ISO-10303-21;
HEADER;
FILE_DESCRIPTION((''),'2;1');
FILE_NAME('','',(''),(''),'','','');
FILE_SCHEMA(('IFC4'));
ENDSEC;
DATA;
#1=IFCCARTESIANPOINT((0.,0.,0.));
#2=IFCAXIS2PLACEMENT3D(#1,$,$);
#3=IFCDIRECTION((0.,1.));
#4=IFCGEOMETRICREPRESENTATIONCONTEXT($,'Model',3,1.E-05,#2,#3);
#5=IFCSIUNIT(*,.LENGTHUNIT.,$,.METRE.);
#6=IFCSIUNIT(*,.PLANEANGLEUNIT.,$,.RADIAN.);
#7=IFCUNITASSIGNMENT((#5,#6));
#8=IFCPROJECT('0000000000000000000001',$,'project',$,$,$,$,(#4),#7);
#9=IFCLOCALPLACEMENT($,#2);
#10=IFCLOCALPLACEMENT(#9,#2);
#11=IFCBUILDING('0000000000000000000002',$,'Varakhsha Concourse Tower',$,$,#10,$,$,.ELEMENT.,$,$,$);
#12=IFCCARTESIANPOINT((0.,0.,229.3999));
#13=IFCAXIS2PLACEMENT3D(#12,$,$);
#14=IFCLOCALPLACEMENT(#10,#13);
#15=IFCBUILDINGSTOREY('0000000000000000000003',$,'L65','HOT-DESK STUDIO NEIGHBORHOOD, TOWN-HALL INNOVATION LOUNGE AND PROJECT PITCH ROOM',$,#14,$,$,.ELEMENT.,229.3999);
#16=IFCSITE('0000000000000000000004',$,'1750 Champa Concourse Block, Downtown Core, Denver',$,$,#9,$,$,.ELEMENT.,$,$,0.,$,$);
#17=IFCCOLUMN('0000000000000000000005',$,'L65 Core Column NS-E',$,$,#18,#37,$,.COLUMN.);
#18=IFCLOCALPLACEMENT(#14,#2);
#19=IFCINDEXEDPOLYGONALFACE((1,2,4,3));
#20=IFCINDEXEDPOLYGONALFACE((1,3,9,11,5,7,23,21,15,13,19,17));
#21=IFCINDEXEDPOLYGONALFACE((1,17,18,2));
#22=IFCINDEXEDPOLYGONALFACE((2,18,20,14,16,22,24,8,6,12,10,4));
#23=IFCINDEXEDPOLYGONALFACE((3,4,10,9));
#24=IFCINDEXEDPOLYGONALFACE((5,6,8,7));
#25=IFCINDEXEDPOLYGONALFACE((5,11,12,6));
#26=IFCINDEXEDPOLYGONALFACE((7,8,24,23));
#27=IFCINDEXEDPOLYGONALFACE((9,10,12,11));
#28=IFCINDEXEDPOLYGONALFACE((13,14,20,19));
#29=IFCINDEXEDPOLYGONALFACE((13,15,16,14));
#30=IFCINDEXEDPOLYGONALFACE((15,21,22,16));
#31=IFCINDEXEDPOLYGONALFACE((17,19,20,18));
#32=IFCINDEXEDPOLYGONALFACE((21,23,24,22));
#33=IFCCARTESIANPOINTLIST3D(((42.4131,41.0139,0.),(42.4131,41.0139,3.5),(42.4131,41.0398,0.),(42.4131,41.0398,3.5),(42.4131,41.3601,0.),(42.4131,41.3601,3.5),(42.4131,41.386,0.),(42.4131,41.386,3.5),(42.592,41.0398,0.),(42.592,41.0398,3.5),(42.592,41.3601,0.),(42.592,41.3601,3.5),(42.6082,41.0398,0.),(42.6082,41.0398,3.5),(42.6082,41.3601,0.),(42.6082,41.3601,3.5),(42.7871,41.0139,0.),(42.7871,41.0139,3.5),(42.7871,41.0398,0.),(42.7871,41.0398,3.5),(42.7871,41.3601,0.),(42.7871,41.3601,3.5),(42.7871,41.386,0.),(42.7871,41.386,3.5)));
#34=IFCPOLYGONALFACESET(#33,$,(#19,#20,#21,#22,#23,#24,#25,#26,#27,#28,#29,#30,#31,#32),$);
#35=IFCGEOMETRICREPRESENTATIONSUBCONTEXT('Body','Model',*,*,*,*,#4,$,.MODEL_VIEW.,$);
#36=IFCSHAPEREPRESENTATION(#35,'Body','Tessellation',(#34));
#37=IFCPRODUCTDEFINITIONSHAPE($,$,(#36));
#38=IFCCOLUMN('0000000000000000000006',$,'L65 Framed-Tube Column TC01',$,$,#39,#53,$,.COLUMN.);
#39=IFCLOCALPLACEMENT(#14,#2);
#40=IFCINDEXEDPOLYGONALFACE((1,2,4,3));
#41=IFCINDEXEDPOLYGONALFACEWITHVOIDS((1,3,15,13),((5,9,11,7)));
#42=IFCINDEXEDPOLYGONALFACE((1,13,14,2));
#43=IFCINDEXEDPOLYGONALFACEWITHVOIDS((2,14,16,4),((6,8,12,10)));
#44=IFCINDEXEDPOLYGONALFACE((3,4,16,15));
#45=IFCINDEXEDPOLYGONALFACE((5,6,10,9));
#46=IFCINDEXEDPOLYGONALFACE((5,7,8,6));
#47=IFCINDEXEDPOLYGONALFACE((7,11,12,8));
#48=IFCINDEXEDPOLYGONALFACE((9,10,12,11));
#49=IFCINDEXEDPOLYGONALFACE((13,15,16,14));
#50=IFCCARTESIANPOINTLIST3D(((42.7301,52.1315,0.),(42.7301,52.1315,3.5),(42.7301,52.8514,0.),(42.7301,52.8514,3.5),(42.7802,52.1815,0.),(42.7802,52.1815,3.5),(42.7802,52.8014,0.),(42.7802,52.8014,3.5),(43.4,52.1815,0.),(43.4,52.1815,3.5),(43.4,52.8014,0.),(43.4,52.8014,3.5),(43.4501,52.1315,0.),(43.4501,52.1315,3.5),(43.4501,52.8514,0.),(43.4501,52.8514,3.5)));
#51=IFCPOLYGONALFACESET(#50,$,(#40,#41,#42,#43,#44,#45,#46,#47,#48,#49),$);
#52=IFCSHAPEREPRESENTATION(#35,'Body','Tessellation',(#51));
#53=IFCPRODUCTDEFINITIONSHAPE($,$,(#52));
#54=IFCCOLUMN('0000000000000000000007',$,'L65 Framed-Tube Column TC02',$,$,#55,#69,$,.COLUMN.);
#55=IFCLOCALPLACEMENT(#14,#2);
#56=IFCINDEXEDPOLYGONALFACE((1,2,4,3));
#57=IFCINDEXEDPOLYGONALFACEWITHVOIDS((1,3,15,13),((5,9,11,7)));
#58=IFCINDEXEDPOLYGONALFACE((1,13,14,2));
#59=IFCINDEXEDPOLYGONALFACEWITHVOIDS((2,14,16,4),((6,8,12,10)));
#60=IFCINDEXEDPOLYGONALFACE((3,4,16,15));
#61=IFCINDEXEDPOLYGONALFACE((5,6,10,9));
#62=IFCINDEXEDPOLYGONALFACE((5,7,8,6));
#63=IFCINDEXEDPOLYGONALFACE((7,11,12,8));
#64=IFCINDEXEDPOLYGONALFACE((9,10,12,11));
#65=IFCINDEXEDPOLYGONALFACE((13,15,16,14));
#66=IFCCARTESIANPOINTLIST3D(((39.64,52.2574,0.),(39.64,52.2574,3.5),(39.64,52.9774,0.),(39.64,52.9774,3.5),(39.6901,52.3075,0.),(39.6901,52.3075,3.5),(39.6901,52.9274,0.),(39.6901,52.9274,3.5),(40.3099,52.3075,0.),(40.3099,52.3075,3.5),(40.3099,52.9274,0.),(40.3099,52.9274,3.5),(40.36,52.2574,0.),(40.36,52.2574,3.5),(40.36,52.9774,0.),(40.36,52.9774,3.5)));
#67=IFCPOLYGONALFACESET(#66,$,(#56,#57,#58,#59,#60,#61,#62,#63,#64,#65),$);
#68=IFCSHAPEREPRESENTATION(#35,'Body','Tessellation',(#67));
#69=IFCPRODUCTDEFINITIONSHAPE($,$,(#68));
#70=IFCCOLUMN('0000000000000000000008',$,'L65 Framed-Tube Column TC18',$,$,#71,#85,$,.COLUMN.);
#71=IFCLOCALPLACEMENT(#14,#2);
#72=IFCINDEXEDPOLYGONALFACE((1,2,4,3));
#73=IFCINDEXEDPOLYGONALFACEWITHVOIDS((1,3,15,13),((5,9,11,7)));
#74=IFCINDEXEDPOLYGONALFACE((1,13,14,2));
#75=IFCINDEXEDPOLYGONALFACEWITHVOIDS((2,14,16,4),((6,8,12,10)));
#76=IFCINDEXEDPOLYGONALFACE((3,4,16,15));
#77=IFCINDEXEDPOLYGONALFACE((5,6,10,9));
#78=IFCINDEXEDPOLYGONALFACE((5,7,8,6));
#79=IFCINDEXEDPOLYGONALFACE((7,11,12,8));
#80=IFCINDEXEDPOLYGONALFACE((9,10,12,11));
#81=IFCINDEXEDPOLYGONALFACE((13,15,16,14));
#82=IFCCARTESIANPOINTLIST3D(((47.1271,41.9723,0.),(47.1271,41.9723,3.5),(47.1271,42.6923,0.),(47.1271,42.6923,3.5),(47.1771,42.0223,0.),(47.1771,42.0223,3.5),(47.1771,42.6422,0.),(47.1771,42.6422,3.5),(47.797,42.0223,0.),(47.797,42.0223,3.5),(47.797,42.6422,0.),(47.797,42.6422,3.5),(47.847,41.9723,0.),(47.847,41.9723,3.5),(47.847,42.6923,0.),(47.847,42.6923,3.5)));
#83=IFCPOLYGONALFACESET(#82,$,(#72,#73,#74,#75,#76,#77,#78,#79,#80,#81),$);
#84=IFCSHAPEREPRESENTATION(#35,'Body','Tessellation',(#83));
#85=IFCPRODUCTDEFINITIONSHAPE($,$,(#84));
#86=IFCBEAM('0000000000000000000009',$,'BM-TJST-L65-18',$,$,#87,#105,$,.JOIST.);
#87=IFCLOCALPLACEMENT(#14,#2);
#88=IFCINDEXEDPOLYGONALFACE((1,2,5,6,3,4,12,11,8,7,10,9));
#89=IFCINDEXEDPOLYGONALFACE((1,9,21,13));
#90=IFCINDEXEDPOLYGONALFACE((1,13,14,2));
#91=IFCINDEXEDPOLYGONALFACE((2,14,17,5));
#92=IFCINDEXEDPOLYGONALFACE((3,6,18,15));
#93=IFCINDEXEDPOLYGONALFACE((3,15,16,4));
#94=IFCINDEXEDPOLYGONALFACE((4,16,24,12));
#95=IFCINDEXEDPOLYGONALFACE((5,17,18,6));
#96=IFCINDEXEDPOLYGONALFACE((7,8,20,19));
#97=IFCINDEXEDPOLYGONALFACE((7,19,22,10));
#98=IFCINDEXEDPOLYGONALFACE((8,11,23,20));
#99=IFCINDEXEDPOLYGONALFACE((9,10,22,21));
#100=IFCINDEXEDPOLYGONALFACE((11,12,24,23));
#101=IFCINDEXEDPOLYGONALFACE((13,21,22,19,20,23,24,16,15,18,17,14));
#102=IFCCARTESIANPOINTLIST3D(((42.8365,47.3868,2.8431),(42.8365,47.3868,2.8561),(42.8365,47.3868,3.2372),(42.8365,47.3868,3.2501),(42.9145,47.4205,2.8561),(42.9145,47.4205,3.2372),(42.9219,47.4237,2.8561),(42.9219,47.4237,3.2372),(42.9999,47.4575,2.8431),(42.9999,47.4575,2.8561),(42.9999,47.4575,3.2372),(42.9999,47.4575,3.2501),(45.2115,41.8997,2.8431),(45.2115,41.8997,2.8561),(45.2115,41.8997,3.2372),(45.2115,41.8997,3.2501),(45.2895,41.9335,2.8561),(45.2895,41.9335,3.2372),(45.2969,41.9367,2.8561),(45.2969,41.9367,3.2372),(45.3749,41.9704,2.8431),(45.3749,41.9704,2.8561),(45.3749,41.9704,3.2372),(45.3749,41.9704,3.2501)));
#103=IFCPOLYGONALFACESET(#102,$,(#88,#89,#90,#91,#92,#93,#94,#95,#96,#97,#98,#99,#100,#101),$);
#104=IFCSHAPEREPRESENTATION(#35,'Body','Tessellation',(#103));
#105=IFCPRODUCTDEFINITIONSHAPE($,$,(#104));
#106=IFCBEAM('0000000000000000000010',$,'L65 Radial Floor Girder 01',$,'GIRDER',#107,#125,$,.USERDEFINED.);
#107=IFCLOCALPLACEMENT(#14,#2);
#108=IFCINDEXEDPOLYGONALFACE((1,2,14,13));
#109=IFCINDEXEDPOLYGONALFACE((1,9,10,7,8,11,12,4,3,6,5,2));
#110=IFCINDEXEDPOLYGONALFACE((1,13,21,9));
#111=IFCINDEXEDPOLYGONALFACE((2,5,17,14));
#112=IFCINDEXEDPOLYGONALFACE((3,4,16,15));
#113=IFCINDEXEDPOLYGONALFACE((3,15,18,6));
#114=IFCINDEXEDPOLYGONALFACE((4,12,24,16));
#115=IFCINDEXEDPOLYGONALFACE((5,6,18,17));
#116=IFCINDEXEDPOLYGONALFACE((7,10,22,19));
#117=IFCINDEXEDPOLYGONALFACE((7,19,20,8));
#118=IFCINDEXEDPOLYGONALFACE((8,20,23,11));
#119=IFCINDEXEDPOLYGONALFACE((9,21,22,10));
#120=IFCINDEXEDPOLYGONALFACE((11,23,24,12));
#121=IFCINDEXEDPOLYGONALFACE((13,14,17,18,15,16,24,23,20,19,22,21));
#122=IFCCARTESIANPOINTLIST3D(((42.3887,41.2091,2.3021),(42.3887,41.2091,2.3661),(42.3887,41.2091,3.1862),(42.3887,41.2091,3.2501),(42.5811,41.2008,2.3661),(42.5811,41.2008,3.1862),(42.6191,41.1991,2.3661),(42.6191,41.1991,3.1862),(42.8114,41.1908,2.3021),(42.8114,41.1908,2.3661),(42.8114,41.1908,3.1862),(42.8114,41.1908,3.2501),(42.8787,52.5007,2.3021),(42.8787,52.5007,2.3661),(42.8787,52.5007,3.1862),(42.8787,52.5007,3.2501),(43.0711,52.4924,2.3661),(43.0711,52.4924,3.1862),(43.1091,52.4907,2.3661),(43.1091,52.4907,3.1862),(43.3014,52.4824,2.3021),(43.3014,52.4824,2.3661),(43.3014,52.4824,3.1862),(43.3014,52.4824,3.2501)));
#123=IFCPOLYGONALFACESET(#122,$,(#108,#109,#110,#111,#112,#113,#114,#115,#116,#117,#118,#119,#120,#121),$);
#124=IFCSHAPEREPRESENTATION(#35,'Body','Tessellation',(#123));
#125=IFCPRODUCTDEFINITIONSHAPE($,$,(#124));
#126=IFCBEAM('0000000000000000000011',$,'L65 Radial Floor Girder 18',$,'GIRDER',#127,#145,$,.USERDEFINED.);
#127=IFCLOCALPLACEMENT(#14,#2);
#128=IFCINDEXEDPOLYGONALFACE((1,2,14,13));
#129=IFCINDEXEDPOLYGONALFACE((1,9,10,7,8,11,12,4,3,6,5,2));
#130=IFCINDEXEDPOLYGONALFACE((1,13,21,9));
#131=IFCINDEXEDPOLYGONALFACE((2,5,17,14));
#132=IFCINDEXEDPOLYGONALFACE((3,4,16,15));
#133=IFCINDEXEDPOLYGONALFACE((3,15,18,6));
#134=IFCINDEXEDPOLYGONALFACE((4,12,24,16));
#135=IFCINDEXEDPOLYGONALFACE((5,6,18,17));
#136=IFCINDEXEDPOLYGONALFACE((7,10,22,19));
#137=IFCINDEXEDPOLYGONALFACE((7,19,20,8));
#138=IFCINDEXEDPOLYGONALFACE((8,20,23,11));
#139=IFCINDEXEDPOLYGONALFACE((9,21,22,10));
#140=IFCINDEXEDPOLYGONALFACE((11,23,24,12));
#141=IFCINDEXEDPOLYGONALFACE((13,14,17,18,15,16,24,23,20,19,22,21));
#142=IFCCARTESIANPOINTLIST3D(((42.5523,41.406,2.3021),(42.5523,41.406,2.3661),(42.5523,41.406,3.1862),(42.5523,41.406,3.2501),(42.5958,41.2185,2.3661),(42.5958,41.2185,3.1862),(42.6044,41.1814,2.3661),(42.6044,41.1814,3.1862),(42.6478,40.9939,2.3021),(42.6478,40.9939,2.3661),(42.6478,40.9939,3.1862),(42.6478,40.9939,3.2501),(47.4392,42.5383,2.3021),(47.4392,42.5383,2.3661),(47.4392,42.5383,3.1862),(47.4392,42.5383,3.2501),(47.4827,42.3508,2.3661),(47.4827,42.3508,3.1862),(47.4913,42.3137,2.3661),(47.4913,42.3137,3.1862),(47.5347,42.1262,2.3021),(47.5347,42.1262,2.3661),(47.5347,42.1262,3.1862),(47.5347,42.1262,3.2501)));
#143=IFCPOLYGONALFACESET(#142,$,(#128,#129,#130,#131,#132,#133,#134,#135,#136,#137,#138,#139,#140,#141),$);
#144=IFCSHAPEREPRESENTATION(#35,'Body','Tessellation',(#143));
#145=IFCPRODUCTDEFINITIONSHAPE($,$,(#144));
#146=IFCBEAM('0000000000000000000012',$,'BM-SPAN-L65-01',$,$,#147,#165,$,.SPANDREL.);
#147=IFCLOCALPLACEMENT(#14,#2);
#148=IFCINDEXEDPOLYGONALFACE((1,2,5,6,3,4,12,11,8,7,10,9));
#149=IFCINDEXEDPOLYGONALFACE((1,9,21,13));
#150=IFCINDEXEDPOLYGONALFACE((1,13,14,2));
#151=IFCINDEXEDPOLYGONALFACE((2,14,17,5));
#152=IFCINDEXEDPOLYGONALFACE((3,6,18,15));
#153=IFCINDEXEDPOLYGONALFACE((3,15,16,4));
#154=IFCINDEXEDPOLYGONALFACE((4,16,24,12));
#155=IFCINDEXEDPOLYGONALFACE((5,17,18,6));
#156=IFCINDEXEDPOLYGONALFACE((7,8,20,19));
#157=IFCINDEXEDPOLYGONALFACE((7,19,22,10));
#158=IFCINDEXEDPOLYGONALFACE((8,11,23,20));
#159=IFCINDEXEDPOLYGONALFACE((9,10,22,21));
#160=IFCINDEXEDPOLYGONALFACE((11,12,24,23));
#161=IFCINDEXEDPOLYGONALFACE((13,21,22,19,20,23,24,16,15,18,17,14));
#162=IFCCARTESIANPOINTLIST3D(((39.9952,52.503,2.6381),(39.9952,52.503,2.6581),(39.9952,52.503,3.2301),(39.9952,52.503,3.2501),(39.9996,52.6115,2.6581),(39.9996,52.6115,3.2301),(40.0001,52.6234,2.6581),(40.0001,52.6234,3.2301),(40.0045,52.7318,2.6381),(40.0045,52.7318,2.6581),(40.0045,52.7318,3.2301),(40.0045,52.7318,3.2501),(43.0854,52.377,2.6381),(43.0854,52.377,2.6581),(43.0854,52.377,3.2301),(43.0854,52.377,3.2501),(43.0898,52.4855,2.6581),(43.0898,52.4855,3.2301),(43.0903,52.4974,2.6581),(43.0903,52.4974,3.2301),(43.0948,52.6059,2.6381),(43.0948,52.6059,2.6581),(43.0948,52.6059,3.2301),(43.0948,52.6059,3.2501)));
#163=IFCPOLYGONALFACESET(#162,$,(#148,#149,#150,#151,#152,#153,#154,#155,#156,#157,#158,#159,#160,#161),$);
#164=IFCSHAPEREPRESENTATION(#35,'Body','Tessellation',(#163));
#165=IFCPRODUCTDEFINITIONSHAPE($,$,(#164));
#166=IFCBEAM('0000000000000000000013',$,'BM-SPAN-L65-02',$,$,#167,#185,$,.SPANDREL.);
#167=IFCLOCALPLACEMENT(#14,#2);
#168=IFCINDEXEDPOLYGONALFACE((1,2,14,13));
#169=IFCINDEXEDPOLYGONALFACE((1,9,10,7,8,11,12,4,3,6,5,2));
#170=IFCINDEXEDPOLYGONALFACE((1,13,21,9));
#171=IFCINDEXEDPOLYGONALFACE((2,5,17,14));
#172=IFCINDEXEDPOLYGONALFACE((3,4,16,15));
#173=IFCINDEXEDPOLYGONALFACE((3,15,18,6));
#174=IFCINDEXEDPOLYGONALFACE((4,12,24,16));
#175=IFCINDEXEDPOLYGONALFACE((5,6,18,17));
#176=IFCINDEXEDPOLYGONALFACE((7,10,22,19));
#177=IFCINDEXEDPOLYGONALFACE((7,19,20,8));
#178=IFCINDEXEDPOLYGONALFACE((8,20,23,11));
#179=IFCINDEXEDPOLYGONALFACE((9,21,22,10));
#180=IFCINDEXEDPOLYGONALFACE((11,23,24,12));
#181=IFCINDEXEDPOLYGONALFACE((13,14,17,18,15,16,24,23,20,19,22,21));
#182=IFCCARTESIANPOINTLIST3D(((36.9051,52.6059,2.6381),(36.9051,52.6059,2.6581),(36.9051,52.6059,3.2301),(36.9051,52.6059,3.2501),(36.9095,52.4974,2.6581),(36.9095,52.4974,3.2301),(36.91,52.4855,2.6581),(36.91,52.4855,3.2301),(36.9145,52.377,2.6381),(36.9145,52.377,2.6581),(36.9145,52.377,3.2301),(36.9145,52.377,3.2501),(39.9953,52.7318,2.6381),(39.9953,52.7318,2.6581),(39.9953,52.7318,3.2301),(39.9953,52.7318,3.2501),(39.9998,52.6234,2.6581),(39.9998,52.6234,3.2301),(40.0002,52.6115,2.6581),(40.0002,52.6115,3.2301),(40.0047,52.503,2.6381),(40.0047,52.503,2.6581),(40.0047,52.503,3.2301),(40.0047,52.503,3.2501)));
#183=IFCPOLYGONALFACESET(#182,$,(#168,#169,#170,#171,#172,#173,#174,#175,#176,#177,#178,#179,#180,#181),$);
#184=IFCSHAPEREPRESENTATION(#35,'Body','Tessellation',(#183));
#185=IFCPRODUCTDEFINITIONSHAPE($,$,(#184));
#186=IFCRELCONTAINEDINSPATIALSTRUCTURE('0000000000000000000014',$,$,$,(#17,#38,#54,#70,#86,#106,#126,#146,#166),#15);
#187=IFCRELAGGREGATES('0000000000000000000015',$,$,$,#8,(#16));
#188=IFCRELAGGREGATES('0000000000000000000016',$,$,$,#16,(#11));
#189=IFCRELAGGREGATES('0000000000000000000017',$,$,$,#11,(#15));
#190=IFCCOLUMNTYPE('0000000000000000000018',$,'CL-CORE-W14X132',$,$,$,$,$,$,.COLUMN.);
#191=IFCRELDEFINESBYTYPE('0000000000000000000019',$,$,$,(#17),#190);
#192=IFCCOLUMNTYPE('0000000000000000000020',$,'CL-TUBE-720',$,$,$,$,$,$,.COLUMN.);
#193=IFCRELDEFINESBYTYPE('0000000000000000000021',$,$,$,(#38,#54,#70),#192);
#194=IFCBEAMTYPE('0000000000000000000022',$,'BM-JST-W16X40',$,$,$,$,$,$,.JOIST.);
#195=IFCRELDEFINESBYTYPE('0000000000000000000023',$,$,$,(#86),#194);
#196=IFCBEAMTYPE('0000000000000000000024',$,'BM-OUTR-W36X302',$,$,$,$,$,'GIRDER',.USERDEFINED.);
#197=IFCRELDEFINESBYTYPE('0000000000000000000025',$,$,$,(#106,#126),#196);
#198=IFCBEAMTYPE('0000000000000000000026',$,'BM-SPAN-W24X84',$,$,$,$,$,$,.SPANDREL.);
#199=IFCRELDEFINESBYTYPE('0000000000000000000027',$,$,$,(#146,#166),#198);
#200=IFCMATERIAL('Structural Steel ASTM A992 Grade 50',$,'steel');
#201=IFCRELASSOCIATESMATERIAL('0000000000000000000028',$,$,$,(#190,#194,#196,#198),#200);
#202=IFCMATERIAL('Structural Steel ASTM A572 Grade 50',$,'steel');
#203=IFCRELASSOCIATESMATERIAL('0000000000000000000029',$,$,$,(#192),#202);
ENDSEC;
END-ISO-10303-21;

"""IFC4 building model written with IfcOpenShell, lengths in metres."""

from ifc_helpers import new_model, si_unit, direction, frame, origin, origin_2d, place, context, subcontext, project, spatial, hollow_rectangle, i_section, extrude, material, material_profile, profile_set, type_object, element, save


model = new_model("IFC4")

# Units and contexts
model_context = context("Model", 3, precision=1e-05, world=origin(), true_north=direction((0.0, 1.0)))
body_context = subcontext(model_context, "Body", "Model", "MODEL_VIEW")
ifc_project = project(units=[si_unit("LENGTHUNIT", "METRE"), si_unit("PLANEANGLEUNIT", "RADIAN")], contexts=[model_context])

# Site, building, storey
site_placement = place(None, origin())
site = spatial("IfcSite", under=ifc_project, at=site_placement, Name="1750 Champa Concourse Block, Downtown Core, Denver", CompositionType="ELEMENT", RefElevation=0.0)
building_placement = place(site_placement, origin())
building = spatial("IfcBuilding", under=site, at=building_placement, Name="Varakhsha Concourse Tower", CompositionType="ELEMENT")
storey_placement = place(building_placement, frame((0.0, 0.0, 229.3999)))
storey = spatial("IfcBuildingStorey", under=building, at=storey_placement, Name="L65", Description="HOT-DESK STUDIO NEIGHBORHOOD, TOWN-HALL INNOVATION LOUNGE AND PROJECT PITCH ROOM", CompositionType="ELEMENT", Elevation=229.3999)

# Columns
ifc_material_1 = material(Name="Structural Steel ASTM A992 Grade 50", Category="steel")
ifc_material_profile_1 = material_profile(ifc_material_1, i_section(OverallWidth=0.374, OverallDepth=0.3721, WebThickness=0.0161, FlangeThickness=0.0259, at=origin_2d()), Name="W14X132")
ifc_profile_set_1 = profile_set([ifc_material_profile_1], Name="Structural Steel ASTM A992 Grade 50")
column_type_1 = type_object("IfcColumnType", Name="CL-CORE-W14X132", PredefinedType="COLUMN", material=ifc_profile_set_1)
column_placement = place(storey_placement, frame((42.6001, 41.2, 0.0), z_axis=(0.0, 0.0, 1.0), x_axis=(1.0, 0.0, 0.0)))
element("IfcColumn", 1, at=column_placement, inside=storey, type_object=column_type_1, Name="L65 Core Column NS-E", PredefinedType="COLUMN", context=body_context, shape_type="SweptSolid", body=[
    extrude(i_section(OverallWidth=0.374, OverallDepth=0.3721, WebThickness=0.0161, FlangeThickness=0.0259, at=origin_2d()), origin(), (0.0, 0.0, 1.0), 3.5),
])
ifc_material_2 = material(Name="Structural Steel ASTM A572 Grade 50", Category="steel")
ifc_material_profile_2 = material_profile(ifc_material_2, hollow_rectangle(XDim=0.72, YDim=0.72, WallThickness=0.05, at=origin_2d()), Name="BOX 720x720x50")
ifc_profile_set_2 = profile_set([ifc_material_profile_2], Name="Structural Steel ASTM A572 Grade 50")
column_type_2 = type_object("IfcColumnType", Name="CL-TUBE-720", PredefinedType="COLUMN", material=ifc_profile_set_2)
for number, where, z_axis, x_axis, name in (
    (2, (43.0901, 52.4915, 0.0), (0.0, 0.0, 1.0), (1.0, 0.0, 0.0), "L65 Framed-Tube Column TC01"),
    (3, (40.0, 52.6174, 0.0), (0.0, 0.0, 1.0), (1.0, 0.0, 0.0), "L65 Framed-Tube Column TC02"),
    (4, (47.4871, 42.3323, 0.0), (0.0, 0.0, 1.0), (1.0, 0.0, 0.0), "L65 Framed-Tube Column TC18"),
):
    element("IfcColumn", number, at=place(storey_placement, frame(where, z_axis=z_axis, x_axis=x_axis)), inside=storey, type_object=column_type_2, Name=name, PredefinedType="COLUMN", context=body_context, shape_type="SweptSolid", body=[
        extrude(hollow_rectangle(XDim=0.72, YDim=0.72, WallThickness=0.05, at=origin_2d()), origin(), (0.0, 0.0, 1.0), 3.5),
    ])

# Beams
ifc_material_profile_3 = material_profile(ifc_material_1, i_section(OverallWidth=0.178, OverallDepth=0.407, WebThickness=0.0081, FlangeThickness=0.0129, at=origin_2d()), Name="W16X40")
ifc_profile_set_3 = profile_set([ifc_material_profile_3], Name="Structural Steel ASTM A992 Grade 50")
beam_type_1 = type_object("IfcBeamType", Name="BM-JST-W16X40", PredefinedType="JOIST", material=ifc_profile_set_3)
beam_1_placement = place(storey_placement, frame((45.2932, 41.9351, 3.0466), z_axis=(-0.397224, 0.917722, 0.0), x_axis=(-0.917722, -0.397224, 0.0)))
element("IfcBeam", 5, at=beam_1_placement, inside=storey, type_object=beam_type_1, Name="BM-TJST-L65-18", PredefinedType="JOIST", context=body_context, shape_type="SweptSolid", body=[
    extrude(i_section(OverallWidth=0.178, OverallDepth=0.407, WebThickness=0.0081, FlangeThickness=0.0129, at=origin_2d()), origin(), (0.0, 0.0, 1.0), 5.979),
])
ifc_material_profile_4 = material_profile(ifc_material_1, i_section(OverallWidth=0.4231, OverallDepth=0.948, WebThickness=0.0381, FlangeThickness=0.064, at=origin_2d()), Name="W36X302")
ifc_profile_set_4 = profile_set([ifc_material_profile_4], Name="Structural Steel ASTM A992 Grade 50")
beam_type_2 = type_object("IfcBeamType", Name="BM-OUTR-W36X302", ElementType="GIRDER", PredefinedType="USERDEFINED", material=ifc_profile_set_4)
beam_2_placement = place(storey_placement, frame((42.6001, 41.2, 2.7761), z_axis=(0.043354, 0.99906, 0.0), x_axis=(-0.99906, 0.043354, 0.0)))
element("IfcBeam", 6, at=beam_2_placement, inside=storey, type_object=beam_type_2, Name="L65 Radial Floor Girder 01", ObjectType="GIRDER", PredefinedType="USERDEFINED", context=body_context, shape_type="SweptSolid", body=[
    extrude(i_section(OverallWidth=0.4231, OverallDepth=0.948, WebThickness=0.0381, FlangeThickness=0.064, at=origin_2d()), origin(), (0.0, 0.0, 1.0), 11.3022),
])
beam_3_placement = place(storey_placement, frame((42.6001, 41.2, 2.7761), z_axis=(0.974191, 0.225723, 0.0), x_axis=(-0.225723, 0.974191, 0.0)))
element("IfcBeam", 7, at=beam_3_placement, inside=storey, type_object=beam_type_2, Name="L65 Radial Floor Girder 18", ObjectType="GIRDER", PredefinedType="USERDEFINED", context=body_context, shape_type="SweptSolid", body=[
    extrude(i_section(OverallWidth=0.4231, OverallDepth=0.948, WebThickness=0.0381, FlangeThickness=0.064, at=origin_2d()), origin(), (0.0, 0.0, 1.0), 5.0164),
])
ifc_material_profile_5 = material_profile(ifc_material_1, i_section(OverallWidth=0.229, OverallDepth=0.6121, WebThickness=0.012, FlangeThickness=0.02, at=origin_2d()), Name="W24X84")
ifc_profile_set_5 = profile_set([ifc_material_profile_5], Name="Structural Steel ASTM A992 Grade 50")
beam_type_3 = type_object("IfcBeamType", Name="BM-SPAN-W24X84", PredefinedType="SPANDREL", material=ifc_profile_set_5)
for number, where, z_axis, x_axis, name in (
    (8, (43.0901, 52.4915, 2.9441), (-0.99917, 0.040734, 0.0), (-0.040734, -0.99917, 0.0), "BM-SPAN-L65-01"),
    (9, (40.0, 52.6174, 2.9441), (-0.99917, -0.040734, 0.0), (0.040734, -0.99917, 0.0), "BM-SPAN-L65-02"),
):
    element("IfcBeam", number, at=place(storey_placement, frame(where, z_axis=z_axis, x_axis=x_axis)), inside=storey, type_object=beam_type_3, Name=name, PredefinedType="SPANDREL", context=body_context, shape_type="SweptSolid", body=[
        extrude(i_section(OverallWidth=0.229, OverallDepth=0.6121, WebThickness=0.012, FlangeThickness=0.02, at=origin_2d()), origin(), (0.0, 0.0, 1.0), 3.0928),
    ])

save(model, "model.ifc")
